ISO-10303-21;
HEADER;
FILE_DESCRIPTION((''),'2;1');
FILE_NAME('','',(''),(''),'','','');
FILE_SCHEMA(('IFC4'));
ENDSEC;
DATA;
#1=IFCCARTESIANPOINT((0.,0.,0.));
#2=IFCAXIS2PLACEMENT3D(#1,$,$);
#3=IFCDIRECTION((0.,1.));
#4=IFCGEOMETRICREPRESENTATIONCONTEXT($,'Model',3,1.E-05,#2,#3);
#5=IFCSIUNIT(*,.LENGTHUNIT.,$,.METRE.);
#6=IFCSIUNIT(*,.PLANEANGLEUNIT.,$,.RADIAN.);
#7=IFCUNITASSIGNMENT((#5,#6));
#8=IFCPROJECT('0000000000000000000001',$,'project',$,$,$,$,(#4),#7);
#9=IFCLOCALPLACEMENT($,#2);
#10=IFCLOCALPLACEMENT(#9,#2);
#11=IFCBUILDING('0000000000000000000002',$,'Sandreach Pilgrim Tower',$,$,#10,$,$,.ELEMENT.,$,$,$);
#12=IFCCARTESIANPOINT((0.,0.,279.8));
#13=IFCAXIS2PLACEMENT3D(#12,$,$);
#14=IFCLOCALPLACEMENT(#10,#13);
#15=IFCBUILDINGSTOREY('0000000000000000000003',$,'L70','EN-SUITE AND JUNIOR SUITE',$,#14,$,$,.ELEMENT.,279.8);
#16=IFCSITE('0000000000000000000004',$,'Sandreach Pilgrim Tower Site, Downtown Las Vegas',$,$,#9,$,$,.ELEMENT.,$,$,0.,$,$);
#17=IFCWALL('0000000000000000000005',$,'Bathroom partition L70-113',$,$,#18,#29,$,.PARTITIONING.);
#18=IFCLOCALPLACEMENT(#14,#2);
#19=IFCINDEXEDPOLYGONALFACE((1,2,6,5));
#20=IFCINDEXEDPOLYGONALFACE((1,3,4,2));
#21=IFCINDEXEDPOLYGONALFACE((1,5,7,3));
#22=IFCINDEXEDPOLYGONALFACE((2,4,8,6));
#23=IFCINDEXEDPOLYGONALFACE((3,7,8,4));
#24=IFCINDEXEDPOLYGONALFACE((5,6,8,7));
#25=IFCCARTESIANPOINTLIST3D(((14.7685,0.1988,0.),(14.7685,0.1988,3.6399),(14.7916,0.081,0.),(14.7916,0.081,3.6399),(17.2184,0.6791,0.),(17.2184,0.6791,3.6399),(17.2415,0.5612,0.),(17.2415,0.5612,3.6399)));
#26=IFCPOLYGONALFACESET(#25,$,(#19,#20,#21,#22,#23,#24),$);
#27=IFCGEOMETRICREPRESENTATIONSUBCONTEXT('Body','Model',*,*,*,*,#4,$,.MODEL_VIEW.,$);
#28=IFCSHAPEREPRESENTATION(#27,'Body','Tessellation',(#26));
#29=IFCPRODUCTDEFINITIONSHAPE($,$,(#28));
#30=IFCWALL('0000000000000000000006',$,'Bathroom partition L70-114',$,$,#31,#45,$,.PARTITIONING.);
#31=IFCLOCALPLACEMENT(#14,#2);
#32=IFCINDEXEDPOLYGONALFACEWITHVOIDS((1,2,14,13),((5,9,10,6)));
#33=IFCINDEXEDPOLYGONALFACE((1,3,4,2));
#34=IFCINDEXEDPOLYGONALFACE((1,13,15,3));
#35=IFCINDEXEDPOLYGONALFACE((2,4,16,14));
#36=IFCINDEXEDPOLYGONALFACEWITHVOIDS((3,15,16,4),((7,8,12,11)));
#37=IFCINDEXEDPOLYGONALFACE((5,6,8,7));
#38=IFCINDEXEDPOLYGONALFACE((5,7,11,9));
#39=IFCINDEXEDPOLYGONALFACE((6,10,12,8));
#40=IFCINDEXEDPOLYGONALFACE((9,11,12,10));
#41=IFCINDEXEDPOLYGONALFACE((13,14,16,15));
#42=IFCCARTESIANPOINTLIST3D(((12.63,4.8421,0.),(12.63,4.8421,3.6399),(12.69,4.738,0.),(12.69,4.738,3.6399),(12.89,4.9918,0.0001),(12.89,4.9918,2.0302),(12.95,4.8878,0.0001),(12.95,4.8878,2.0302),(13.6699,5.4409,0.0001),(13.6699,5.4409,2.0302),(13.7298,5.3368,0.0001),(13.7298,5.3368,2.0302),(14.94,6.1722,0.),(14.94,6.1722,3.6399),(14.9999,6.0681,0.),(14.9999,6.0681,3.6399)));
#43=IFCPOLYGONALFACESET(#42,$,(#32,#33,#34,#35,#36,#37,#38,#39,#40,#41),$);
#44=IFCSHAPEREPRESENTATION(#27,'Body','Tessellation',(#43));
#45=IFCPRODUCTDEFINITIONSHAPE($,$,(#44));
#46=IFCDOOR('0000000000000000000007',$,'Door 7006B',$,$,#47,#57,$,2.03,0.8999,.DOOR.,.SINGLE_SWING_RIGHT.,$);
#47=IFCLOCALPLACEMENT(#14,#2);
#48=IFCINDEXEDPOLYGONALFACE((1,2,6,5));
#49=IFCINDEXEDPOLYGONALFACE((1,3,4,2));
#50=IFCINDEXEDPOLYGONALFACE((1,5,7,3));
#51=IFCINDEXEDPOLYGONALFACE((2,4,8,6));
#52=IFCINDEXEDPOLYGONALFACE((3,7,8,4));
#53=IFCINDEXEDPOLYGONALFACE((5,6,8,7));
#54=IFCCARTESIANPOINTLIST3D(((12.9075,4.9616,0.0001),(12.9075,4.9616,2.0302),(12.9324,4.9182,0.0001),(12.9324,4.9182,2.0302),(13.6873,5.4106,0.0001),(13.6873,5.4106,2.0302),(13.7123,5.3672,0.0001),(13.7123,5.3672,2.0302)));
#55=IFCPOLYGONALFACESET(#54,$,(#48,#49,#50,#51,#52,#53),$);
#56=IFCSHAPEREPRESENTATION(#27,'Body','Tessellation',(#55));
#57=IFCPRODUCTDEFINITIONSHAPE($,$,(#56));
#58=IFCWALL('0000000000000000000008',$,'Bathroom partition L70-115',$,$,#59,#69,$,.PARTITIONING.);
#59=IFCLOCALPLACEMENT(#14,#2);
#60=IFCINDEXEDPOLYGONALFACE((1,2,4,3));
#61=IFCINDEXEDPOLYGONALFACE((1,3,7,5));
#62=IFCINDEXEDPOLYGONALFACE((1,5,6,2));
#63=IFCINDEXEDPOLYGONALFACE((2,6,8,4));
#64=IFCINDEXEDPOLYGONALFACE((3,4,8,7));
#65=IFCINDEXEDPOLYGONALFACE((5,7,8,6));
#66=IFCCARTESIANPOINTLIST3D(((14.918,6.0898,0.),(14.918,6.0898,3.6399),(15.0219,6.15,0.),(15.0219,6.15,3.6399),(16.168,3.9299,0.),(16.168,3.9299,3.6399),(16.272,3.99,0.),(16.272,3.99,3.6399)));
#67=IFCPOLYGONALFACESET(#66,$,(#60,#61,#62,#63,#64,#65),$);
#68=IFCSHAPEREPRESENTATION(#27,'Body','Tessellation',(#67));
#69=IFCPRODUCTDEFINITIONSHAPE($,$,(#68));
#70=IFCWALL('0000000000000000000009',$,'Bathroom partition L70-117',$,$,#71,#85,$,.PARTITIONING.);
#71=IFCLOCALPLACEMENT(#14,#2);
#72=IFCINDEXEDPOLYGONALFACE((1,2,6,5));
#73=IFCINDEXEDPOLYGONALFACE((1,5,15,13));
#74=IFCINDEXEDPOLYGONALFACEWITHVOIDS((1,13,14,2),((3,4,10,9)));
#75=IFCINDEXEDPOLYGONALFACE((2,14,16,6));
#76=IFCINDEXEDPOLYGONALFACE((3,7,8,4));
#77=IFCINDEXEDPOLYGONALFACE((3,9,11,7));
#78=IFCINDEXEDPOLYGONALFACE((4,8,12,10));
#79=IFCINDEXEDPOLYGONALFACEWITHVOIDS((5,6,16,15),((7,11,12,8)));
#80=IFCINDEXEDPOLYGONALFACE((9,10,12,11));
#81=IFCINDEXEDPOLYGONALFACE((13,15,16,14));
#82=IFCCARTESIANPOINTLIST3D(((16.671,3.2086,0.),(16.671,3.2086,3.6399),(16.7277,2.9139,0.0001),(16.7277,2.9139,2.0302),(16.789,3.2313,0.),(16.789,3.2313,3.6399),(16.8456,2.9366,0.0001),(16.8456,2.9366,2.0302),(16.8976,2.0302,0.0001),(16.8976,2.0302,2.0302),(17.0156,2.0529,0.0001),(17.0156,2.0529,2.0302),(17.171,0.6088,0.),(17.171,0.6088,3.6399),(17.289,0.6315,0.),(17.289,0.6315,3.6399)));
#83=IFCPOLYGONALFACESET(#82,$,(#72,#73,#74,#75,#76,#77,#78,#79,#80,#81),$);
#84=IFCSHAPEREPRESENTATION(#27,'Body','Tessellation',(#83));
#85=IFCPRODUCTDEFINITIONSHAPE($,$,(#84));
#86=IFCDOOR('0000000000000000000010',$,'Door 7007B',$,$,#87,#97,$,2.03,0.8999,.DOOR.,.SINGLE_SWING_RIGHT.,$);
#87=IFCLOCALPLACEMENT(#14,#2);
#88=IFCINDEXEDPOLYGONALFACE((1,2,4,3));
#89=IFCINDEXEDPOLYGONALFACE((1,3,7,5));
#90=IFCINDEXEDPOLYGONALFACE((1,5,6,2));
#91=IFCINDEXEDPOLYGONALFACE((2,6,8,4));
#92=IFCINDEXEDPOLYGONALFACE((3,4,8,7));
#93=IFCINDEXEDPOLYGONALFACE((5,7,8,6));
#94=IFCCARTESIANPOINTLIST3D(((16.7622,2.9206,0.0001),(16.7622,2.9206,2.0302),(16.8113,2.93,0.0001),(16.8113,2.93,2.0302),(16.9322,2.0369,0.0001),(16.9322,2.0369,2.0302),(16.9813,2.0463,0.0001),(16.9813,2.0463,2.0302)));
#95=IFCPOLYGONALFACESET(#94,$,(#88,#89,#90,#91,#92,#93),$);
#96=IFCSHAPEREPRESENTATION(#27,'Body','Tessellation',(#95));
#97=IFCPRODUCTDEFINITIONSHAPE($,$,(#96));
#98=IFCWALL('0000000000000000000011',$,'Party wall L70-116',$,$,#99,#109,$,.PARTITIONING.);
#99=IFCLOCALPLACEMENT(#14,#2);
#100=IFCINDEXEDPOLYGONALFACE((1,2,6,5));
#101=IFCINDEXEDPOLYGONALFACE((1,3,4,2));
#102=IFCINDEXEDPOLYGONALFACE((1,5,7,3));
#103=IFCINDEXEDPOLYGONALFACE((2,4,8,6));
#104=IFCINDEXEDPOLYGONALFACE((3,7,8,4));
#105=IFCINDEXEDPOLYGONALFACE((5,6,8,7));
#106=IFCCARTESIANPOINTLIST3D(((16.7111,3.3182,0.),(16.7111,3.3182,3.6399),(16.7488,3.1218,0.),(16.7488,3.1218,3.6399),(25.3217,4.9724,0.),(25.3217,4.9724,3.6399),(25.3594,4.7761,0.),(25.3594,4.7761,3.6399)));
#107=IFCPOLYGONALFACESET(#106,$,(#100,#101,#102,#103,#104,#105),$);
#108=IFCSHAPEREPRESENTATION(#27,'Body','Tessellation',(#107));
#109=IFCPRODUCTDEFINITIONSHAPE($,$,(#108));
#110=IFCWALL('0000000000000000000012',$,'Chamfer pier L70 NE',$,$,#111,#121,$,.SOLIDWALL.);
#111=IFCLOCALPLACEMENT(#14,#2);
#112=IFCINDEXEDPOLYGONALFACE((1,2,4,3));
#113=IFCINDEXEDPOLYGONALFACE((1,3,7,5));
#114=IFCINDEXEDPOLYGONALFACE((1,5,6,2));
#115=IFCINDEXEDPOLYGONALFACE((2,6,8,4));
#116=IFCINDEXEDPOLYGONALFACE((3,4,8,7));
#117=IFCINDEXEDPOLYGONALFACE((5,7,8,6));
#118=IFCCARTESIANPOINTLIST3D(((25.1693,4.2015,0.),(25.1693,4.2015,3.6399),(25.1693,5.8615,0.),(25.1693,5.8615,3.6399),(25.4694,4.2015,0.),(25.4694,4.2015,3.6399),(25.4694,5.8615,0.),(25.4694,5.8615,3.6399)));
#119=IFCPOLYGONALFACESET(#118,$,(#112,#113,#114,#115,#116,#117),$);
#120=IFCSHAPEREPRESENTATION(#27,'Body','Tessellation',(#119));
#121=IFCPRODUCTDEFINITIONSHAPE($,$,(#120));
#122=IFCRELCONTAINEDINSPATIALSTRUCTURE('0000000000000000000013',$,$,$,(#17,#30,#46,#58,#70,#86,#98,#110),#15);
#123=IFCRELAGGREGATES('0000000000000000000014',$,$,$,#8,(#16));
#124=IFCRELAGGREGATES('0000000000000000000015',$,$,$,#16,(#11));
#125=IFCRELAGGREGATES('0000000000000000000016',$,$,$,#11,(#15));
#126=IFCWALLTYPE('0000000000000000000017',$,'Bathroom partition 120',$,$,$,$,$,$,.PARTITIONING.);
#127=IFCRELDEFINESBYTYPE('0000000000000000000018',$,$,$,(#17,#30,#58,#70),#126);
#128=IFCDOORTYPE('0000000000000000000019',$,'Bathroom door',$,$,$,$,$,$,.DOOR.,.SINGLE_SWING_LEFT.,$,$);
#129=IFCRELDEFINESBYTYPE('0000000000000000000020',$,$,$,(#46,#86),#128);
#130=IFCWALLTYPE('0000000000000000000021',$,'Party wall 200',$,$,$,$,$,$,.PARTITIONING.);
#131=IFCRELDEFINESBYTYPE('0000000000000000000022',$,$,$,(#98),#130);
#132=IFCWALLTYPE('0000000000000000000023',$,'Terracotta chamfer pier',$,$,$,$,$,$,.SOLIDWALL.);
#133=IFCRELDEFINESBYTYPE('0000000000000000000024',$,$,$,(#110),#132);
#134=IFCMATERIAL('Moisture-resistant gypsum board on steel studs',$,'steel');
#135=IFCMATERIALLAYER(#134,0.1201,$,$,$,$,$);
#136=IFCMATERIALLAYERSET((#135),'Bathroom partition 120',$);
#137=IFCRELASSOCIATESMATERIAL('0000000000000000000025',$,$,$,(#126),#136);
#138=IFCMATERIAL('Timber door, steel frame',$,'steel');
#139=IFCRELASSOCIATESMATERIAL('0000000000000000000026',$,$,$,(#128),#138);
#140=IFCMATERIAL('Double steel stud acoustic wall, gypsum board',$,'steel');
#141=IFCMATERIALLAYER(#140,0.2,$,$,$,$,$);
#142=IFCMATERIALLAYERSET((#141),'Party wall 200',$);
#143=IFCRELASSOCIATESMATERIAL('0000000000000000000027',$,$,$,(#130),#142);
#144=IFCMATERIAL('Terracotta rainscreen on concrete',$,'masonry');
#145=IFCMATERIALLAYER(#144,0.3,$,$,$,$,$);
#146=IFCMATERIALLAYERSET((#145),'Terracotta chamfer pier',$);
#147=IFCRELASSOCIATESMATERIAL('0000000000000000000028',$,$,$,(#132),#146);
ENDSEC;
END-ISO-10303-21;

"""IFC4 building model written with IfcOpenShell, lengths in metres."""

from ifc_helpers import new_model, si_unit, direction, frame, frame_2d, origin, place, context, subcontext, project, spatial, rectangle, extrude, material, layer, layer_set, type_object, element, fill, save


model = new_model("IFC4")

# Units and contexts
model_context = context("Model", 3, precision=1e-05, world=origin(), true_north=direction((0.0, 1.0)))
body_context = subcontext(model_context, "Body", "Model", "MODEL_VIEW")
ifc_project = project(units=[si_unit("LENGTHUNIT", "METRE"), si_unit("PLANEANGLEUNIT", "RADIAN")], contexts=[model_context])

# Site, building, storey
site_placement = place(None, origin())
site = spatial("IfcSite", under=ifc_project, at=site_placement, Name="Sandreach Pilgrim Tower Site, Downtown Las Vegas", CompositionType="ELEMENT", RefElevation=0.0)
building_placement = place(site_placement, origin())
building = spatial("IfcBuilding", under=site, at=building_placement, Name="Sandreach Pilgrim Tower", CompositionType="ELEMENT")
storey_placement = place(building_placement, frame((0.0, 0.0, 279.8)))
storey = spatial("IfcBuildingStorey", under=building, at=storey_placement, Name="L70", Description="EN-SUITE AND JUNIOR SUITE", CompositionType="ELEMENT", Elevation=279.8)

# Wall
ifc_material_1 = material(Name="Moisture-resistant gypsum board on steel studs", Category="steel")
ifc_layer_1 = layer(ifc_material_1, 0.1201)
ifc_layer_set_1 = layer_set([ifc_layer_1], Name="Bathroom partition 120")
wall_type_1 = type_object("IfcWallType", Name="Bathroom partition 120", PredefinedType="PARTITIONING", material=ifc_layer_set_1)
wall_1_placement = place(storey_placement, frame((14.78, 0.1399, 0.0), z_axis=(0.0, 0.0, 1.0), x_axis=(0.981326, 0.192354, 0.0)))
element("IfcWall", 1, at=wall_1_placement, inside=storey, type_object=wall_type_1, Name="Bathroom partition L70-113", PredefinedType="PARTITIONING", context=body_context, shape_type="SweptSolid", body=[
    extrude(rectangle(XDim=2.4966, YDim=0.1201, at=frame_2d((1.2483, 0.0))), origin(), (0.0, 0.0, 1.0), 3.6399),
])

# Wall, opening, door
wall_2_placement = place(storey_placement, frame((14.97, 6.1201, 0.0), z_axis=(0.0, 0.0, 1.0), x_axis=(-0.866615, -0.498977, 0.0)))
wall_2 = element("IfcWall", 2, at=wall_2_placement, inside=storey, type_object=wall_type_1, Name="Bathroom partition L70-114", PredefinedType="PARTITIONING", context=body_context, shape_type="SweptSolid", body=[
    extrude(rectangle(XDim=2.6655, YDim=0.1201, at=frame_2d((1.3328, 0.0))), origin(), (0.0, 0.0, 1.0), 3.6399),
])
opening_1_placement = place(wall_2_placement, frame((1.4656, 0.0, 0.0)))
opening_1 = element("IfcOpeningElement", 3, at=opening_1_placement, cuts=wall_2, PredefinedType="OPENING", context=body_context, shape_type="SweptSolid", body=[
    extrude(rectangle(XDim=0.8999, YDim=2.03, at=frame_2d((0.45, 1.0151))), frame((0.0, 0.0601, 0.0), z_axis=(0.0, -1.0, 0.0), x_axis=(1.0, 0.0, 0.0)), (0.0, 0.0, 1.0), 0.1201),
])
ifc_material_2 = material(Name="Timber door, steel frame", Category="steel")
door_type = type_object("IfcDoorType", Name="Bathroom door", OperationType="SINGLE_SWING_LEFT", PredefinedType="DOOR", material=ifc_material_2)
door_1_placement = place(opening_1_placement, origin())
door_1 = element("IfcDoor", 4, at=door_1_placement, inside=storey, type_object=door_type, Name="Door 7006B", OperationType="SINGLE_SWING_RIGHT", OverallHeight=2.03, OverallWidth=0.8999, PredefinedType="DOOR", context=body_context, shape_type="SweptSolid", body=[
    extrude(rectangle(XDim=0.8999, YDim=2.03, at=frame_2d((0.45, 1.0151))), frame((0.0, 0.0249, 0.0), z_axis=(0.0, -1.0, 0.0), x_axis=(1.0, 0.0, 0.0)), (0.0, 0.0, 1.0), 0.05),
])
fill(opening_1, door_1)

# Wall
wall_3_placement = place(storey_placement, frame((16.22, 3.96, 0.0), z_axis=(0.0, 0.0, 1.0), x_axis=(-0.500894, 0.865509, 0.0)))
element("IfcWall", 5, at=wall_3_placement, inside=storey, type_object=wall_type_1, Name="Bathroom partition L70-115", PredefinedType="PARTITIONING", context=body_context, shape_type="SweptSolid", body=[
    extrude(rectangle(XDim=2.4956, YDim=0.1201, at=frame_2d((1.2478, 0.0))), origin(), (0.0, 0.0, 1.0), 3.6399),
])

# Wall, opening, door
wall_4_placement = place(storey_placement, frame((17.23, 0.6201, 0.0), z_axis=(0.0, 0.0, 1.0), x_axis=(-0.188858, 0.982004, 0.0)))
wall_4 = element("IfcWall", 6, at=wall_4_placement, inside=storey, type_object=wall_type_1, Name="Bathroom partition L70-117", PredefinedType="PARTITIONING", context=body_context, shape_type="SweptSolid", body=[
    extrude(rectangle(XDim=2.6475, YDim=0.1201, at=frame_2d((1.3237, 0.0))), origin(), (0.0, 0.0, 1.0), 3.6399),
])
opening_2_placement = place(wall_4_placement, frame((1.4475, 0.0, 0.0)))
opening_2 = element("IfcOpeningElement", 7, at=opening_2_placement, cuts=wall_4, PredefinedType="OPENING", context=body_context, shape_type="SweptSolid", body=[
    extrude(rectangle(XDim=0.8999, YDim=2.03, at=frame_2d((0.45, 1.0151))), frame((0.0, 0.0601, 0.0), z_axis=(0.0, -1.0, 0.0), x_axis=(1.0, 0.0, 0.0)), (0.0, 0.0, 1.0), 0.1201),
])
door_2_placement = place(opening_2_placement, origin())
door_2 = element("IfcDoor", 8, at=door_2_placement, inside=storey, type_object=door_type, Name="Door 7007B", OperationType="SINGLE_SWING_RIGHT", OverallHeight=2.03, OverallWidth=0.8999, PredefinedType="DOOR", context=body_context, shape_type="SweptSolid", body=[
    extrude(rectangle(XDim=0.8999, YDim=2.03, at=frame_2d((0.45, 1.0151))), frame((0.0, 0.0249, 0.0), z_axis=(0.0, -1.0, 0.0), x_axis=(1.0, 0.0, 0.0)), (0.0, 0.0, 1.0), 0.05),
])
fill(opening_2, door_2)

# Walls
ifc_material_3 = material(Name="Double steel stud acoustic wall, gypsum board", Category="steel")
ifc_layer_2 = layer(ifc_material_3, 0.2)
ifc_layer_set_2 = layer_set([ifc_layer_2], Name="Party wall 200")
wall_type_2 = type_object("IfcWallType", Name="Party wall 200", PredefinedType="PARTITIONING", material=ifc_layer_set_2)
wall_5_placement = place(storey_placement, frame((16.73, 3.22, 0.0), z_axis=(0.0, 0.0, 1.0), x_axis=(0.98204, 0.188673, 0.0)))
element("IfcWall", 9, at=wall_5_placement, inside=storey, type_object=wall_type_2, Name="Party wall L70-116", PredefinedType="PARTITIONING", context=body_context, shape_type="SweptSolid", body=[
    extrude(rectangle(XDim=8.7681, YDim=0.2, at=frame_2d((4.384, 0.0))), origin(), (0.0, 0.0, 1.0), 3.6399),
])
ifc_material_4 = material(Name="Terracotta rainscreen on concrete", Category="masonry")
ifc_layer_3 = layer(ifc_material_4, 0.3)
ifc_layer_set_3 = layer_set([ifc_layer_3], Name="Terracotta chamfer pier")
wall_type_3 = type_object("IfcWallType", Name="Terracotta chamfer pier", PredefinedType="SOLIDWALL", material=ifc_layer_set_3)
wall_6_placement = place(storey_placement, frame((25.3193, 5.8616, 0.0), z_axis=(0.0, 0.0, 1.0), x_axis=(0.0, -1.0, 0.0)))
element("IfcWall", 10, at=wall_6_placement, inside=storey, type_object=wall_type_3, Name="Chamfer pier L70 NE", PredefinedType="SOLIDWALL", context=body_context, shape_type="SweptSolid", body=[
    extrude(rectangle(XDim=1.6599, YDim=0.3, at=frame_2d((0.8301, 0.0))), origin(), (0.0, 0.0, 1.0), 3.6399),
])

save(model, "model.ifc")
